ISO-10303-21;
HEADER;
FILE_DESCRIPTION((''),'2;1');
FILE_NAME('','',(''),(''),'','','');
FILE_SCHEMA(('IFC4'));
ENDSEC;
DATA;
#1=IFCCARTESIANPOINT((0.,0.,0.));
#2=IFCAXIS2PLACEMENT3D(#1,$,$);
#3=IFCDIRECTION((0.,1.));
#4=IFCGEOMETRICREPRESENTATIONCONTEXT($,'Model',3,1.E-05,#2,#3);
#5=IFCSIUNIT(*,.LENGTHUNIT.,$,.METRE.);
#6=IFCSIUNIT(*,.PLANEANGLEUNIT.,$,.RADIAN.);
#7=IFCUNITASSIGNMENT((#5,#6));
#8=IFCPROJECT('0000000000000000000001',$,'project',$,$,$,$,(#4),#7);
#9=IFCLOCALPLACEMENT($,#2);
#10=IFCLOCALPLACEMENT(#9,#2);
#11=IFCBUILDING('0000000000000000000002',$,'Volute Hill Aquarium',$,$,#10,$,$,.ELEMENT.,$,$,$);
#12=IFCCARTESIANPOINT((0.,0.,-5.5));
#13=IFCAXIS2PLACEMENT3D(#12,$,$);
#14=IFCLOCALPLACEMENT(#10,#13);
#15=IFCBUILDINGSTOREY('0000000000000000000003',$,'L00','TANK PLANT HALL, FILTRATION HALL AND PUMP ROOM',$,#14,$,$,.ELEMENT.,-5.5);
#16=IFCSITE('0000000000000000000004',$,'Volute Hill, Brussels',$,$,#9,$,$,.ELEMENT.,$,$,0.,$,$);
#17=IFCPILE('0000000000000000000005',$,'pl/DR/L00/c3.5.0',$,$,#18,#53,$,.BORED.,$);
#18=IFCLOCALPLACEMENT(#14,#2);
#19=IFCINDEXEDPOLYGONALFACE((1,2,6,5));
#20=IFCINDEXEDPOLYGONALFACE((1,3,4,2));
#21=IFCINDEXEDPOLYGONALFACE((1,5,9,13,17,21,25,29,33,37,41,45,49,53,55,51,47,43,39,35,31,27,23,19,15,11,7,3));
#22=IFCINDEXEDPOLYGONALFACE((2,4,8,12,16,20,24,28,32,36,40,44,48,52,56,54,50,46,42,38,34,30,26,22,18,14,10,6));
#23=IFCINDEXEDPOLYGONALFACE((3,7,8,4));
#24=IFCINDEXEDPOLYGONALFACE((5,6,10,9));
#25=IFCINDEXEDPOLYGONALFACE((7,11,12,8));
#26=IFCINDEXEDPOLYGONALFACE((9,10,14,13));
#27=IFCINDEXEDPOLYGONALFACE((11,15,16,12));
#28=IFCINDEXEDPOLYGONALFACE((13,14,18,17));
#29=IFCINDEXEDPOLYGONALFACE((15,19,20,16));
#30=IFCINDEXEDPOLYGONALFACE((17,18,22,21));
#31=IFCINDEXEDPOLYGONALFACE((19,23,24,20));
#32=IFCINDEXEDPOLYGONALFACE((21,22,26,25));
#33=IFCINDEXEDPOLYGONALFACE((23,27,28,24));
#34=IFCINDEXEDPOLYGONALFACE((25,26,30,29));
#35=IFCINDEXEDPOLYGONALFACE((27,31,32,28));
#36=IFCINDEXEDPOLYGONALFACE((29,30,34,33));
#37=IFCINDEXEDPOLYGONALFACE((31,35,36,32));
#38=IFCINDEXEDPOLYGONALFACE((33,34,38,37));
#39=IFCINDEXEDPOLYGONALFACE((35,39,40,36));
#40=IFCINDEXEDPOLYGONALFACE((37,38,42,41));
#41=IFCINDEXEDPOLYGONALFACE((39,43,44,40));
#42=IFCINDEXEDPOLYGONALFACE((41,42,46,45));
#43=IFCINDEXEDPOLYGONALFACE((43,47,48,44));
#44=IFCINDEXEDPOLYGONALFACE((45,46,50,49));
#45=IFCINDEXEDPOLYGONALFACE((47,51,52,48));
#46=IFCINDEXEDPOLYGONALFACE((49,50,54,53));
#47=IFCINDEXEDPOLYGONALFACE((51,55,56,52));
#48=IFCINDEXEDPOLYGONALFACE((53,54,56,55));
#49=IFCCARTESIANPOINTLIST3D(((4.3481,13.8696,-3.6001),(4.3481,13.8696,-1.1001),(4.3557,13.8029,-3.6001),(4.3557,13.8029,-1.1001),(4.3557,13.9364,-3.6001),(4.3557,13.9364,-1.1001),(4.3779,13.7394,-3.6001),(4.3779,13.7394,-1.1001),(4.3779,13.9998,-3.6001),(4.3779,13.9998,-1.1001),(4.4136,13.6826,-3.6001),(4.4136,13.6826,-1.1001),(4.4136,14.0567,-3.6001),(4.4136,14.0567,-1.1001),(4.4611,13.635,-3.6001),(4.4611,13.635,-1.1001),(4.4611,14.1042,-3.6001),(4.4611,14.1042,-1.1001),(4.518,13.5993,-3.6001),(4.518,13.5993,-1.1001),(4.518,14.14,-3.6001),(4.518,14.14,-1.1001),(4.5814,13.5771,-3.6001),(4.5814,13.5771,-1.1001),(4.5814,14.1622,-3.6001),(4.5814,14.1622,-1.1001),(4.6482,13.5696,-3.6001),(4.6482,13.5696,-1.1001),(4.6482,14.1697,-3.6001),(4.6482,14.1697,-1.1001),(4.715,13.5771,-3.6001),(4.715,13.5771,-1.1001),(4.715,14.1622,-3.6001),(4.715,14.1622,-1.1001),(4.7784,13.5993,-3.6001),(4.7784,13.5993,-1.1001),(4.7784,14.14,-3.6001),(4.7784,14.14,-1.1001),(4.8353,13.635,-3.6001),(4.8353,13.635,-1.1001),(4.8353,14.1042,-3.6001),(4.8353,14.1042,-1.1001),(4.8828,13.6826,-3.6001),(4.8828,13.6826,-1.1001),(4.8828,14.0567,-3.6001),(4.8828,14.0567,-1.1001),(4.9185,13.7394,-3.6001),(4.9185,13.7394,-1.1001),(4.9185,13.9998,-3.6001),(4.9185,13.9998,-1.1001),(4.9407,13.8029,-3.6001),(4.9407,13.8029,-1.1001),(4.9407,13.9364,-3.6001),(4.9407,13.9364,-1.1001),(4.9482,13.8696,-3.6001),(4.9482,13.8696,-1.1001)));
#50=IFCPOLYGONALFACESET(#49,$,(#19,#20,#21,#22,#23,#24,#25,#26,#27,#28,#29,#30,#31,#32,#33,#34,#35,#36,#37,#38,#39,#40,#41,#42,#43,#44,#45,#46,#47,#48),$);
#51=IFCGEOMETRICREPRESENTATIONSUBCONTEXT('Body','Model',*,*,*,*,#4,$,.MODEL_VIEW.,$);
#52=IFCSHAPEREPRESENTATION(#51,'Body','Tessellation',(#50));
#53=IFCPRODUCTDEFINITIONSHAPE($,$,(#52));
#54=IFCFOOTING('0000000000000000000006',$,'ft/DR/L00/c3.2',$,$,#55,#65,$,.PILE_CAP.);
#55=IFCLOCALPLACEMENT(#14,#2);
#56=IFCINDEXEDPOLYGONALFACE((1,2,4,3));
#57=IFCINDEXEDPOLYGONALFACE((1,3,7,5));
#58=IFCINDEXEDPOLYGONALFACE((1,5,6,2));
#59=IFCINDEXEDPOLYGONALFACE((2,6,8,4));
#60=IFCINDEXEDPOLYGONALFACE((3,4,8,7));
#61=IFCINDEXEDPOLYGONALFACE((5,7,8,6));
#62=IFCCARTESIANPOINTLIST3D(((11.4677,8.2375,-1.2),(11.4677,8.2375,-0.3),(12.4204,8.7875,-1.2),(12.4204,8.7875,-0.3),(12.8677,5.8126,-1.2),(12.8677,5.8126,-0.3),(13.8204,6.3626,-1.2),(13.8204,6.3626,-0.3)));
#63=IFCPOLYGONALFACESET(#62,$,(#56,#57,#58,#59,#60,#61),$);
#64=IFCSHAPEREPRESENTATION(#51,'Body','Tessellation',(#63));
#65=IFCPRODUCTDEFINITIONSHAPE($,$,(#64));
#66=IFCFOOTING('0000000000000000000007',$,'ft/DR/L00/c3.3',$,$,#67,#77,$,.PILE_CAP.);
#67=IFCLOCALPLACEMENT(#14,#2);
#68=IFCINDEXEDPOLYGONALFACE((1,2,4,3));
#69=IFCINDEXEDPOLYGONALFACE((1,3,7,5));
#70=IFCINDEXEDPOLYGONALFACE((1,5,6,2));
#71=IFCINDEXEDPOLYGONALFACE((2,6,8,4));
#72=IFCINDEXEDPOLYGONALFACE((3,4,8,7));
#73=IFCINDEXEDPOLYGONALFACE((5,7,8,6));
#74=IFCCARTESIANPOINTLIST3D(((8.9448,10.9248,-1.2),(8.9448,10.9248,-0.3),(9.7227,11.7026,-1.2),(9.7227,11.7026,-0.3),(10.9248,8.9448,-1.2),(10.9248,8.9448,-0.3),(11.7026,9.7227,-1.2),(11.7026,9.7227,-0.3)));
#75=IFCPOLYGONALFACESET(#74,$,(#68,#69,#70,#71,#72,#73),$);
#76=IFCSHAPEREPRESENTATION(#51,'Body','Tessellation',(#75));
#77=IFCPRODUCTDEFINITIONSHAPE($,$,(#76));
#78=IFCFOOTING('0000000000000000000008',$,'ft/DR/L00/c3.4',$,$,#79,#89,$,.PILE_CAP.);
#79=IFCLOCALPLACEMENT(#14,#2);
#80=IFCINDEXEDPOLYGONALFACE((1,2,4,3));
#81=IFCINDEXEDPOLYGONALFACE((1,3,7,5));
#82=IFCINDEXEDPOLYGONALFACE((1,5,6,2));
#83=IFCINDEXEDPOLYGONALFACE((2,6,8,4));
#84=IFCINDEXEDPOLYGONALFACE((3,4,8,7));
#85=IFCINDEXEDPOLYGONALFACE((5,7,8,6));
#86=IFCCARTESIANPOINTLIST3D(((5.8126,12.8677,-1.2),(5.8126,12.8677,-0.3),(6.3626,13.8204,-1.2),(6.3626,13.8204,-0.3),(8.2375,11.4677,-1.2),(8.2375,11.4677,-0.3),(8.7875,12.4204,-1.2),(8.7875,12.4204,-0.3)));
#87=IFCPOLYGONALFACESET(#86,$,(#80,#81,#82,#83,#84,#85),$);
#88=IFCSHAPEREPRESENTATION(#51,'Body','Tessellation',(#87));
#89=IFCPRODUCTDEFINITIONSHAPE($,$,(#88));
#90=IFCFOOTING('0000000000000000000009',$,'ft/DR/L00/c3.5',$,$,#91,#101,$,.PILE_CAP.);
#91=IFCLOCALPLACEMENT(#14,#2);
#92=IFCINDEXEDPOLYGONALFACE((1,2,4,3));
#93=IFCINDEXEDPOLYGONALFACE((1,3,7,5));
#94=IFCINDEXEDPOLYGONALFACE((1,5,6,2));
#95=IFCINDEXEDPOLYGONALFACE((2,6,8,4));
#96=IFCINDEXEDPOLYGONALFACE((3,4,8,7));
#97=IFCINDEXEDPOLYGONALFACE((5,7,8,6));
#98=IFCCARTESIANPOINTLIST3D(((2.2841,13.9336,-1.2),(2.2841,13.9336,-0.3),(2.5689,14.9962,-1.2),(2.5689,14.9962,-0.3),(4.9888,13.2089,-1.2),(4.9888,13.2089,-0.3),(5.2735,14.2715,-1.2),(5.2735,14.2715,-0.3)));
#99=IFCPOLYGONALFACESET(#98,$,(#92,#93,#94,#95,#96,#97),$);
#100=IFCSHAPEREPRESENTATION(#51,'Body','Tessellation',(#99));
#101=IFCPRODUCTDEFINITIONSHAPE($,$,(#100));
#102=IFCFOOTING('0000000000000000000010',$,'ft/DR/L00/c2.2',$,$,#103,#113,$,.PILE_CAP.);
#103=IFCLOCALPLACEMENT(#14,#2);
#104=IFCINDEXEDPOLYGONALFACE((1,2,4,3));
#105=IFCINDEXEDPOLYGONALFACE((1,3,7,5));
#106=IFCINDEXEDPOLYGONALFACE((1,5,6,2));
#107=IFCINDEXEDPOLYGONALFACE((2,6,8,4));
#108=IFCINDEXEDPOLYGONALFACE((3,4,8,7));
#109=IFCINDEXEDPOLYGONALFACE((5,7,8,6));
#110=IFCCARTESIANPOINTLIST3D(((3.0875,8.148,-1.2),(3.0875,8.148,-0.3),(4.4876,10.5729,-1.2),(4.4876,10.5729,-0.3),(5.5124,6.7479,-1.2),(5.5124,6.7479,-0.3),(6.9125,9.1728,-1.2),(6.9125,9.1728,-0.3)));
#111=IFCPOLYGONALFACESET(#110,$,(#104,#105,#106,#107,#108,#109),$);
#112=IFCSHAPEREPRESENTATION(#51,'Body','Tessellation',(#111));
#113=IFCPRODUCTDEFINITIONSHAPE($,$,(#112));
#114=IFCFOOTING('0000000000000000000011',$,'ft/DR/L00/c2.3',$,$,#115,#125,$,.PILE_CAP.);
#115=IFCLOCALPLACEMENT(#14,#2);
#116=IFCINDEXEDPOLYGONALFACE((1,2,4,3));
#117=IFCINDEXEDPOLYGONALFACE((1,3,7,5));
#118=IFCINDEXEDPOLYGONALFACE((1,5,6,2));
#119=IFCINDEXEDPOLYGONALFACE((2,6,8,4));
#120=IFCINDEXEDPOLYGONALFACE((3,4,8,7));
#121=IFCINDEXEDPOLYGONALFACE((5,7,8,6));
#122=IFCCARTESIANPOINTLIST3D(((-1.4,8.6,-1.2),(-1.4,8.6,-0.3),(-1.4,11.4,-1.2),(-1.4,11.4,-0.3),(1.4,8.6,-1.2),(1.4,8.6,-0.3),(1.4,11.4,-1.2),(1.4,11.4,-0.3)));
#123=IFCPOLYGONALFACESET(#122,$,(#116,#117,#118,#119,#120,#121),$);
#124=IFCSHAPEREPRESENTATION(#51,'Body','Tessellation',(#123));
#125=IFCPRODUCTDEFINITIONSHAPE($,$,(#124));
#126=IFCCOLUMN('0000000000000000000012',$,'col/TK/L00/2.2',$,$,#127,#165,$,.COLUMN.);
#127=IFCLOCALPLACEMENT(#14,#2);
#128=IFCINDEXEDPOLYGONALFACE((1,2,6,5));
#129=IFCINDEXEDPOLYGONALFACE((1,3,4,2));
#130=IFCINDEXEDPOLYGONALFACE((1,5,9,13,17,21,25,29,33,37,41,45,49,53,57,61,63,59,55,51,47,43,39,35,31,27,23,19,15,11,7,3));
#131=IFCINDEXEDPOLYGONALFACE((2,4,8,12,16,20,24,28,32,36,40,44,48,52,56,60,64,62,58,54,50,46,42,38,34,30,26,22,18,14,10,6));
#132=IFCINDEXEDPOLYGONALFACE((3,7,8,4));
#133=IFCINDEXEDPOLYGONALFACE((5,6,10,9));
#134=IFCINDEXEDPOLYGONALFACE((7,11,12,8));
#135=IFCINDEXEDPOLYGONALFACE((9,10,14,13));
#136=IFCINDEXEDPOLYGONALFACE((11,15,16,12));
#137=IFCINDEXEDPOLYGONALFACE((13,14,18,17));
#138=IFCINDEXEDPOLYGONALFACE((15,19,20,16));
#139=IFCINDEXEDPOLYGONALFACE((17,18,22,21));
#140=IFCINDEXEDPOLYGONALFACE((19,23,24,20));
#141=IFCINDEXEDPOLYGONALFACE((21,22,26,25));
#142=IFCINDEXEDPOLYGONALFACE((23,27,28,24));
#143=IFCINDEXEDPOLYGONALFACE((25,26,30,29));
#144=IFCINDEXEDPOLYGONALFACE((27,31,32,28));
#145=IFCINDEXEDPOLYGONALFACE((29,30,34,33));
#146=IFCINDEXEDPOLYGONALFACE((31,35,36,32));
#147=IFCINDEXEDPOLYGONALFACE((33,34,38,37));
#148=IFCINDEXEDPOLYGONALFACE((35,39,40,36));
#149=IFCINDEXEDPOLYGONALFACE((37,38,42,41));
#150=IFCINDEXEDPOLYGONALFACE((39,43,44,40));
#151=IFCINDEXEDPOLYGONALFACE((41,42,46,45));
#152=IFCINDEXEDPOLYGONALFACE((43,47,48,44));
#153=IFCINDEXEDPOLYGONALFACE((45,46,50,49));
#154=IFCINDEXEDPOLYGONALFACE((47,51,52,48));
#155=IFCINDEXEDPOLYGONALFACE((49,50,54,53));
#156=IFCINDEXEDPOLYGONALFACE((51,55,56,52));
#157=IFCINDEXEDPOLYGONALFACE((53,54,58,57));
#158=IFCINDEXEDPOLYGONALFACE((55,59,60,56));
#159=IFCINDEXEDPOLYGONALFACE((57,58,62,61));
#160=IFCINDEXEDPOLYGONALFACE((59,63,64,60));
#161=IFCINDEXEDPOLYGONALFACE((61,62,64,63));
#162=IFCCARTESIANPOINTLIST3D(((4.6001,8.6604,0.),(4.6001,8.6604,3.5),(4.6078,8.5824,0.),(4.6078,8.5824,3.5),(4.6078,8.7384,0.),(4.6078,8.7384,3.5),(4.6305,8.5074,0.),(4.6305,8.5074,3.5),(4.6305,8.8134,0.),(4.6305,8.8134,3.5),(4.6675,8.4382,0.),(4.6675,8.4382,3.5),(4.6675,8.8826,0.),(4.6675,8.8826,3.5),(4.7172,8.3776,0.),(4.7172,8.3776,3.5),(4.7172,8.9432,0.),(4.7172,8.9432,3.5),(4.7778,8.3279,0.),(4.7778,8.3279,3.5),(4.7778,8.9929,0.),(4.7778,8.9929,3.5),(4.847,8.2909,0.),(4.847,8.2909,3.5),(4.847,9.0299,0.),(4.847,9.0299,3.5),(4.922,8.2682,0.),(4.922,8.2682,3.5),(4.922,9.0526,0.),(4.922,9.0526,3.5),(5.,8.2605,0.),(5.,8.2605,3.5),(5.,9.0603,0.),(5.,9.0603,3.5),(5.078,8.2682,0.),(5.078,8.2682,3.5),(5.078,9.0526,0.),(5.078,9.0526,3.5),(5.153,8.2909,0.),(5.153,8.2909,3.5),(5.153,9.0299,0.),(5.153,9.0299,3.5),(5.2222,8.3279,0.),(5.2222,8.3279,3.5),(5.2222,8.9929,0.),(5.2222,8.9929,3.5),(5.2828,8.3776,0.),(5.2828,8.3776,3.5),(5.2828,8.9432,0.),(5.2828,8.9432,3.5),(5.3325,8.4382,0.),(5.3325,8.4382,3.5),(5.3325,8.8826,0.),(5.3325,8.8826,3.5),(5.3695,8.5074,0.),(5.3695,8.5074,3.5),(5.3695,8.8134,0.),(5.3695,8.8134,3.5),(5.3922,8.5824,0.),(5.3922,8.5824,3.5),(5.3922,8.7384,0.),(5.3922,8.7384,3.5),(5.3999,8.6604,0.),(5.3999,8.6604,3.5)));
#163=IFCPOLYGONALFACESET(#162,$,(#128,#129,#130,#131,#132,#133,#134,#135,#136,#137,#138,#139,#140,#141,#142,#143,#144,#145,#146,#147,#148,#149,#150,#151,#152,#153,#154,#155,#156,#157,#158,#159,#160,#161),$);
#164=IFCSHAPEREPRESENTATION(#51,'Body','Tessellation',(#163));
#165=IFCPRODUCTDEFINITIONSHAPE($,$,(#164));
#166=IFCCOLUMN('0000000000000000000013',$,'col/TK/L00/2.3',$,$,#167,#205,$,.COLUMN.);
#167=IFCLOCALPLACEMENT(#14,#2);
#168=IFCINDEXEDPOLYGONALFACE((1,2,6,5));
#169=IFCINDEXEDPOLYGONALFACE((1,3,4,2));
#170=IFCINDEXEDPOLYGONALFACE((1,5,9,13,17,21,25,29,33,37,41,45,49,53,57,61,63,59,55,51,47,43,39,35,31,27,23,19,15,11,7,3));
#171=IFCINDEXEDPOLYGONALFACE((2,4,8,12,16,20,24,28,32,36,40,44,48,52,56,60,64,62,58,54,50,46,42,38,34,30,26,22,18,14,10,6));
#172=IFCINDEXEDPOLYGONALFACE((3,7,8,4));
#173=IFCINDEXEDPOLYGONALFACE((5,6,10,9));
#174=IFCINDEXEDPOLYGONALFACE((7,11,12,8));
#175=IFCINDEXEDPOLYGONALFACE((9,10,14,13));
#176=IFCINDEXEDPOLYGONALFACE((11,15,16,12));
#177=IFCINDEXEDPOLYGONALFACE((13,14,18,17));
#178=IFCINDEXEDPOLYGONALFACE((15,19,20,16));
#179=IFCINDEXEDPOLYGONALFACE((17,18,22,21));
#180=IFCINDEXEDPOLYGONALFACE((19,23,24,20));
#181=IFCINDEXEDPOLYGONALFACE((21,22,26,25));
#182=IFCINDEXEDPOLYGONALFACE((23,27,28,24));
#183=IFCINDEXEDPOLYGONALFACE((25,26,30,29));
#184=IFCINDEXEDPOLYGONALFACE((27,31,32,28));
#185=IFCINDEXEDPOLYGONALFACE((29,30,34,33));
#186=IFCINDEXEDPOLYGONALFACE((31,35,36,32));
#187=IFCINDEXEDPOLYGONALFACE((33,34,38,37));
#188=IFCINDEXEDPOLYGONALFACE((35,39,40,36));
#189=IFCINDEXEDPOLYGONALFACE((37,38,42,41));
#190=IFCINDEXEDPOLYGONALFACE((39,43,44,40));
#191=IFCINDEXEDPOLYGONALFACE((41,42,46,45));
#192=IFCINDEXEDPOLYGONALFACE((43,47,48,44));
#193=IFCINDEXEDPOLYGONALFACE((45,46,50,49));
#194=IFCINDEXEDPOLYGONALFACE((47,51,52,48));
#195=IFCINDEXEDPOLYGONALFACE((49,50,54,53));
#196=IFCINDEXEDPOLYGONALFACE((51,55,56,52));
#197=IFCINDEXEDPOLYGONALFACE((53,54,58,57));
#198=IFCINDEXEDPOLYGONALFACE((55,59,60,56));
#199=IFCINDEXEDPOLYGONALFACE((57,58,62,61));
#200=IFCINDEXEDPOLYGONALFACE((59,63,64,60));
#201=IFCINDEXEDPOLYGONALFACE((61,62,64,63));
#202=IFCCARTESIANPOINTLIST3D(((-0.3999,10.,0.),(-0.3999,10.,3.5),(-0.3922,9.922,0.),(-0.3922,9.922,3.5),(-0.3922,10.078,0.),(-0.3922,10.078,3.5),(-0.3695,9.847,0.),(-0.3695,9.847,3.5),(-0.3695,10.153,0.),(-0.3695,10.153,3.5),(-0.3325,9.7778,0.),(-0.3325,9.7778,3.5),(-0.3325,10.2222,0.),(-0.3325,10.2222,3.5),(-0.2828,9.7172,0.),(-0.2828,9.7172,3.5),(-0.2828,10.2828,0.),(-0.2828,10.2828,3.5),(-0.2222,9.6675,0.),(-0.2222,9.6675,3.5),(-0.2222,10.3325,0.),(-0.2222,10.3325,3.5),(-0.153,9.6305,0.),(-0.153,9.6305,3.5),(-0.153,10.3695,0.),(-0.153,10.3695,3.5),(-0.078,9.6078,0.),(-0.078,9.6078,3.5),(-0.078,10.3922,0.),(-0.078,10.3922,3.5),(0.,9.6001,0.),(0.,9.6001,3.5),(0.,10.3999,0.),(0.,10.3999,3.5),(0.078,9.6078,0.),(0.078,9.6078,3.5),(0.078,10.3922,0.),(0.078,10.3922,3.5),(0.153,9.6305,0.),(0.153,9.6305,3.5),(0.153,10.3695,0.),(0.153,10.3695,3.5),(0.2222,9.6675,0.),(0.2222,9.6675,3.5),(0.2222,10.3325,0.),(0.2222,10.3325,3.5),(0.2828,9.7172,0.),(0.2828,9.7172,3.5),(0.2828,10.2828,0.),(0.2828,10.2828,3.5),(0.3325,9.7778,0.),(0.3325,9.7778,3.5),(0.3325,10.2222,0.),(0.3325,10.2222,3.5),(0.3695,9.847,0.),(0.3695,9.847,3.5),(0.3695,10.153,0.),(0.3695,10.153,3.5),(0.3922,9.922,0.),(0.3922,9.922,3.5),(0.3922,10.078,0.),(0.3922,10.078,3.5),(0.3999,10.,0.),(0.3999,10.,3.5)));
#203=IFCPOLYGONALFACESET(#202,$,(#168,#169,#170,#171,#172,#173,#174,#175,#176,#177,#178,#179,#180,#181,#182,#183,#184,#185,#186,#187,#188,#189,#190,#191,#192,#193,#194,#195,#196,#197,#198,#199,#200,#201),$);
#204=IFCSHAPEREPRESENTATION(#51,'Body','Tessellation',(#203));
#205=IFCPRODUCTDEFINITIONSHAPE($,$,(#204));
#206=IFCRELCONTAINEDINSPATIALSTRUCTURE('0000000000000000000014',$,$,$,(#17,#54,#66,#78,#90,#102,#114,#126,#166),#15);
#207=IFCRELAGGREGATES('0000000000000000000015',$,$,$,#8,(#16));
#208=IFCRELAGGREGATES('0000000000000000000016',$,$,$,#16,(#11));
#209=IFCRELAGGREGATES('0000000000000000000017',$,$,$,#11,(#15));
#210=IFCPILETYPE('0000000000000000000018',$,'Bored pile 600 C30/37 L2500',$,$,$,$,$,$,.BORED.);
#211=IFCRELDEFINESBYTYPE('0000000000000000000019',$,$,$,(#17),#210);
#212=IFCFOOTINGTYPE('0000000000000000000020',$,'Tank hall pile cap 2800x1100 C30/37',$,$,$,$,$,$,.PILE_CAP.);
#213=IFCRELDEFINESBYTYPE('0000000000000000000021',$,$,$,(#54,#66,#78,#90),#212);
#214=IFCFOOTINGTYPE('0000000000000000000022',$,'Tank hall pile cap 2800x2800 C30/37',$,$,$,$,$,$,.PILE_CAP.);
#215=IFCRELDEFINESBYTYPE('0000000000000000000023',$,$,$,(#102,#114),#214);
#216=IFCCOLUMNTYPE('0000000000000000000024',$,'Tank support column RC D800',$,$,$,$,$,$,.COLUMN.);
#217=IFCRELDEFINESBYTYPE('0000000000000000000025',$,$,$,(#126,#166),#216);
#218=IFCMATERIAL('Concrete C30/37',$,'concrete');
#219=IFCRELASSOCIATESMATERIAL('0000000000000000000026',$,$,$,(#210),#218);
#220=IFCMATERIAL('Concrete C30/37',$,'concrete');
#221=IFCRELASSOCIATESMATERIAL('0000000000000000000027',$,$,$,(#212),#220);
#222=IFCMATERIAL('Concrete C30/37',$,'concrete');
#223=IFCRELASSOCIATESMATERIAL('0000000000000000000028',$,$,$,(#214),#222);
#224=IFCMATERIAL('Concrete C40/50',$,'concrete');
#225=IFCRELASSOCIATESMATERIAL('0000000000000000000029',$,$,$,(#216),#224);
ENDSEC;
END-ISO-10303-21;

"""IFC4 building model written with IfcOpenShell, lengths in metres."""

from ifc_helpers import new_model, si_unit, direction, frame, origin, origin_2d, place, context, subcontext, project, spatial, rectangle, circle, extrude, material, material_profile, profile_set, type_object, element, save


model = new_model("IFC4")

# Units and contexts
model_context = context("Model", 3, precision=1e-05, world=origin(), true_north=direction((0.0, 1.0)))
body_context = subcontext(model_context, "Body", "Model", "MODEL_VIEW")
ifc_project = project(units=[si_unit("LENGTHUNIT", "METRE"), si_unit("PLANEANGLEUNIT", "RADIAN")], contexts=[model_context])

# Site, building, storey
site_placement = place(None, origin())
site = spatial("IfcSite", under=ifc_project, at=site_placement, Name="Volute Hill, Brussels", CompositionType="ELEMENT", RefElevation=0.0)
building_placement = place(site_placement, origin())
building = spatial("IfcBuilding", under=site, at=building_placement, Name="Volute Hill Aquarium", CompositionType="ELEMENT")
storey_placement = place(building_placement, frame((0.0, 0.0, -5.5)))
storey = spatial("IfcBuildingStorey", under=building, at=storey_placement, Name="L00", Description="TANK PLANT HALL, FILTRATION HALL AND PUMP ROOM", CompositionType="ELEMENT", Elevation=-5.5)

# Pile
ifc_material_1 = material(Name="Concrete C30/37", Category="concrete")
pile_type = type_object("IfcPileType", Name="Bored pile 600 C30/37 L2500", PredefinedType="BORED", material=ifc_material_1)
for number, where, z_axis, x_axis, name in (
    (1, (4.6482, 13.8696, -1.1001), (0.0, 0.0, -1.0), (1.0, 0.0, 0.0), "pl/DR/L00/c3.5.0"),
):
    element("IfcPile", number, at=place(storey_placement, frame(where, z_axis=z_axis, x_axis=x_axis)), inside=storey, type_object=pile_type, Name=name, PredefinedType="BORED", context=body_context, shape_type="SweptSolid", body=[
        extrude(circle(Radius=0.3, at=origin_2d()), origin(), (0.0, 0.0, 1.0), 2.5),
    ])

# Footings
ifc_material_2 = material(Name="Concrete C30/37", Category="concrete")
footing_type_1 = type_object("IfcFootingType", Name="Tank hall pile cap 2800x1100 C30/37", PredefinedType="PILE_CAP", material=ifc_material_2)
for number, where, z_axis, x_axis, name in (
    (2, (12.644, 7.3, -1.2), (0.0, 0.0, 1.0), (-0.5, 0.866025, 0.0), "ft/DR/L00/c3.2"),
    (3, (10.3237, 10.3237, -1.2), (0.0, 0.0, 1.0), (-0.707107, 0.707107, 0.0), "ft/DR/L00/c3.3"),
    (4, (7.3, 12.644, -1.2), (0.0, 0.0, 1.0), (-0.866025, 0.5, 0.0), "ft/DR/L00/c3.4"),
    (5, (3.7788, 14.1025, -1.2), (0.0, 0.0, 1.0), (-0.965926, 0.258819, 0.0), "ft/DR/L00/c3.5"),
):
    element("IfcFooting", number, at=place(storey_placement, frame(where, z_axis=z_axis, x_axis=x_axis)), inside=storey, type_object=footing_type_1, Name=name, PredefinedType="PILE_CAP", context=body_context, shape_type="SweptSolid", body=[
        extrude(rectangle(XDim=2.8, YDim=1.1001, at=origin_2d()), origin(), (0.0, 0.0, 1.0), 0.8999),
    ])
ifc_material_3 = material(Name="Concrete C30/37", Category="concrete")
footing_type_2 = type_object("IfcFootingType", Name="Tank hall pile cap 2800x2800 C30/37", PredefinedType="PILE_CAP", material=ifc_material_3)
for number, where, z_axis, x_axis, name in (
    (6, (5.0, 8.6604, -1.2), (0.0, 0.0, 1.0), (-0.866025, 0.5, 0.0), "ft/DR/L00/c2.2"),
    (7, (0.0, 10.0, -1.2), (0.0, 0.0, 1.0), (-1.0, 0.0, 0.0), "ft/DR/L00/c2.3"),
):
    element("IfcFooting", number, at=place(storey_placement, frame(where, z_axis=z_axis, x_axis=x_axis)), inside=storey, type_object=footing_type_2, Name=name, PredefinedType="PILE_CAP", context=body_context, shape_type="SweptSolid", body=[
        extrude(rectangle(XDim=2.8, YDim=2.8, at=origin_2d()), origin(), (0.0, 0.0, 1.0), 0.8999),
    ])

# Columns
ifc_material_4 = material(Name="Concrete C40/50", Category="concrete")
ifc_material_profile_1 = material_profile(ifc_material_4, circle(Radius=0.3999, at=origin_2d()), Name="RC round column D800")
ifc_profile_set_1 = profile_set([ifc_material_profile_1], Name="Concrete C40/50")
column_type = type_object("IfcColumnType", Name="Tank support column RC D800", PredefinedType="COLUMN", material=ifc_profile_set_1)
for number, where, z_axis, x_axis, name in (
    (8, (5.0, 8.6604, 0.0), (0.0, 0.0, 1.0), (1.0, 0.0, 0.0), "col/TK/L00/2.2"),
    (9, (0.0, 10.0, 0.0), (0.0, 0.0, 1.0), (1.0, 0.0, 0.0), "col/TK/L00/2.3"),
):
    element("IfcColumn", number, at=place(storey_placement, frame(where, z_axis=z_axis, x_axis=x_axis)), inside=storey, type_object=column_type, Name=name, PredefinedType="COLUMN", context=body_context, shape_type="SweptSolid", body=[
        extrude(circle(Radius=0.3999, at=origin_2d()), origin(), (0.0, 0.0, 1.0), 3.5),
    ])

save(model, "model.ifc")
